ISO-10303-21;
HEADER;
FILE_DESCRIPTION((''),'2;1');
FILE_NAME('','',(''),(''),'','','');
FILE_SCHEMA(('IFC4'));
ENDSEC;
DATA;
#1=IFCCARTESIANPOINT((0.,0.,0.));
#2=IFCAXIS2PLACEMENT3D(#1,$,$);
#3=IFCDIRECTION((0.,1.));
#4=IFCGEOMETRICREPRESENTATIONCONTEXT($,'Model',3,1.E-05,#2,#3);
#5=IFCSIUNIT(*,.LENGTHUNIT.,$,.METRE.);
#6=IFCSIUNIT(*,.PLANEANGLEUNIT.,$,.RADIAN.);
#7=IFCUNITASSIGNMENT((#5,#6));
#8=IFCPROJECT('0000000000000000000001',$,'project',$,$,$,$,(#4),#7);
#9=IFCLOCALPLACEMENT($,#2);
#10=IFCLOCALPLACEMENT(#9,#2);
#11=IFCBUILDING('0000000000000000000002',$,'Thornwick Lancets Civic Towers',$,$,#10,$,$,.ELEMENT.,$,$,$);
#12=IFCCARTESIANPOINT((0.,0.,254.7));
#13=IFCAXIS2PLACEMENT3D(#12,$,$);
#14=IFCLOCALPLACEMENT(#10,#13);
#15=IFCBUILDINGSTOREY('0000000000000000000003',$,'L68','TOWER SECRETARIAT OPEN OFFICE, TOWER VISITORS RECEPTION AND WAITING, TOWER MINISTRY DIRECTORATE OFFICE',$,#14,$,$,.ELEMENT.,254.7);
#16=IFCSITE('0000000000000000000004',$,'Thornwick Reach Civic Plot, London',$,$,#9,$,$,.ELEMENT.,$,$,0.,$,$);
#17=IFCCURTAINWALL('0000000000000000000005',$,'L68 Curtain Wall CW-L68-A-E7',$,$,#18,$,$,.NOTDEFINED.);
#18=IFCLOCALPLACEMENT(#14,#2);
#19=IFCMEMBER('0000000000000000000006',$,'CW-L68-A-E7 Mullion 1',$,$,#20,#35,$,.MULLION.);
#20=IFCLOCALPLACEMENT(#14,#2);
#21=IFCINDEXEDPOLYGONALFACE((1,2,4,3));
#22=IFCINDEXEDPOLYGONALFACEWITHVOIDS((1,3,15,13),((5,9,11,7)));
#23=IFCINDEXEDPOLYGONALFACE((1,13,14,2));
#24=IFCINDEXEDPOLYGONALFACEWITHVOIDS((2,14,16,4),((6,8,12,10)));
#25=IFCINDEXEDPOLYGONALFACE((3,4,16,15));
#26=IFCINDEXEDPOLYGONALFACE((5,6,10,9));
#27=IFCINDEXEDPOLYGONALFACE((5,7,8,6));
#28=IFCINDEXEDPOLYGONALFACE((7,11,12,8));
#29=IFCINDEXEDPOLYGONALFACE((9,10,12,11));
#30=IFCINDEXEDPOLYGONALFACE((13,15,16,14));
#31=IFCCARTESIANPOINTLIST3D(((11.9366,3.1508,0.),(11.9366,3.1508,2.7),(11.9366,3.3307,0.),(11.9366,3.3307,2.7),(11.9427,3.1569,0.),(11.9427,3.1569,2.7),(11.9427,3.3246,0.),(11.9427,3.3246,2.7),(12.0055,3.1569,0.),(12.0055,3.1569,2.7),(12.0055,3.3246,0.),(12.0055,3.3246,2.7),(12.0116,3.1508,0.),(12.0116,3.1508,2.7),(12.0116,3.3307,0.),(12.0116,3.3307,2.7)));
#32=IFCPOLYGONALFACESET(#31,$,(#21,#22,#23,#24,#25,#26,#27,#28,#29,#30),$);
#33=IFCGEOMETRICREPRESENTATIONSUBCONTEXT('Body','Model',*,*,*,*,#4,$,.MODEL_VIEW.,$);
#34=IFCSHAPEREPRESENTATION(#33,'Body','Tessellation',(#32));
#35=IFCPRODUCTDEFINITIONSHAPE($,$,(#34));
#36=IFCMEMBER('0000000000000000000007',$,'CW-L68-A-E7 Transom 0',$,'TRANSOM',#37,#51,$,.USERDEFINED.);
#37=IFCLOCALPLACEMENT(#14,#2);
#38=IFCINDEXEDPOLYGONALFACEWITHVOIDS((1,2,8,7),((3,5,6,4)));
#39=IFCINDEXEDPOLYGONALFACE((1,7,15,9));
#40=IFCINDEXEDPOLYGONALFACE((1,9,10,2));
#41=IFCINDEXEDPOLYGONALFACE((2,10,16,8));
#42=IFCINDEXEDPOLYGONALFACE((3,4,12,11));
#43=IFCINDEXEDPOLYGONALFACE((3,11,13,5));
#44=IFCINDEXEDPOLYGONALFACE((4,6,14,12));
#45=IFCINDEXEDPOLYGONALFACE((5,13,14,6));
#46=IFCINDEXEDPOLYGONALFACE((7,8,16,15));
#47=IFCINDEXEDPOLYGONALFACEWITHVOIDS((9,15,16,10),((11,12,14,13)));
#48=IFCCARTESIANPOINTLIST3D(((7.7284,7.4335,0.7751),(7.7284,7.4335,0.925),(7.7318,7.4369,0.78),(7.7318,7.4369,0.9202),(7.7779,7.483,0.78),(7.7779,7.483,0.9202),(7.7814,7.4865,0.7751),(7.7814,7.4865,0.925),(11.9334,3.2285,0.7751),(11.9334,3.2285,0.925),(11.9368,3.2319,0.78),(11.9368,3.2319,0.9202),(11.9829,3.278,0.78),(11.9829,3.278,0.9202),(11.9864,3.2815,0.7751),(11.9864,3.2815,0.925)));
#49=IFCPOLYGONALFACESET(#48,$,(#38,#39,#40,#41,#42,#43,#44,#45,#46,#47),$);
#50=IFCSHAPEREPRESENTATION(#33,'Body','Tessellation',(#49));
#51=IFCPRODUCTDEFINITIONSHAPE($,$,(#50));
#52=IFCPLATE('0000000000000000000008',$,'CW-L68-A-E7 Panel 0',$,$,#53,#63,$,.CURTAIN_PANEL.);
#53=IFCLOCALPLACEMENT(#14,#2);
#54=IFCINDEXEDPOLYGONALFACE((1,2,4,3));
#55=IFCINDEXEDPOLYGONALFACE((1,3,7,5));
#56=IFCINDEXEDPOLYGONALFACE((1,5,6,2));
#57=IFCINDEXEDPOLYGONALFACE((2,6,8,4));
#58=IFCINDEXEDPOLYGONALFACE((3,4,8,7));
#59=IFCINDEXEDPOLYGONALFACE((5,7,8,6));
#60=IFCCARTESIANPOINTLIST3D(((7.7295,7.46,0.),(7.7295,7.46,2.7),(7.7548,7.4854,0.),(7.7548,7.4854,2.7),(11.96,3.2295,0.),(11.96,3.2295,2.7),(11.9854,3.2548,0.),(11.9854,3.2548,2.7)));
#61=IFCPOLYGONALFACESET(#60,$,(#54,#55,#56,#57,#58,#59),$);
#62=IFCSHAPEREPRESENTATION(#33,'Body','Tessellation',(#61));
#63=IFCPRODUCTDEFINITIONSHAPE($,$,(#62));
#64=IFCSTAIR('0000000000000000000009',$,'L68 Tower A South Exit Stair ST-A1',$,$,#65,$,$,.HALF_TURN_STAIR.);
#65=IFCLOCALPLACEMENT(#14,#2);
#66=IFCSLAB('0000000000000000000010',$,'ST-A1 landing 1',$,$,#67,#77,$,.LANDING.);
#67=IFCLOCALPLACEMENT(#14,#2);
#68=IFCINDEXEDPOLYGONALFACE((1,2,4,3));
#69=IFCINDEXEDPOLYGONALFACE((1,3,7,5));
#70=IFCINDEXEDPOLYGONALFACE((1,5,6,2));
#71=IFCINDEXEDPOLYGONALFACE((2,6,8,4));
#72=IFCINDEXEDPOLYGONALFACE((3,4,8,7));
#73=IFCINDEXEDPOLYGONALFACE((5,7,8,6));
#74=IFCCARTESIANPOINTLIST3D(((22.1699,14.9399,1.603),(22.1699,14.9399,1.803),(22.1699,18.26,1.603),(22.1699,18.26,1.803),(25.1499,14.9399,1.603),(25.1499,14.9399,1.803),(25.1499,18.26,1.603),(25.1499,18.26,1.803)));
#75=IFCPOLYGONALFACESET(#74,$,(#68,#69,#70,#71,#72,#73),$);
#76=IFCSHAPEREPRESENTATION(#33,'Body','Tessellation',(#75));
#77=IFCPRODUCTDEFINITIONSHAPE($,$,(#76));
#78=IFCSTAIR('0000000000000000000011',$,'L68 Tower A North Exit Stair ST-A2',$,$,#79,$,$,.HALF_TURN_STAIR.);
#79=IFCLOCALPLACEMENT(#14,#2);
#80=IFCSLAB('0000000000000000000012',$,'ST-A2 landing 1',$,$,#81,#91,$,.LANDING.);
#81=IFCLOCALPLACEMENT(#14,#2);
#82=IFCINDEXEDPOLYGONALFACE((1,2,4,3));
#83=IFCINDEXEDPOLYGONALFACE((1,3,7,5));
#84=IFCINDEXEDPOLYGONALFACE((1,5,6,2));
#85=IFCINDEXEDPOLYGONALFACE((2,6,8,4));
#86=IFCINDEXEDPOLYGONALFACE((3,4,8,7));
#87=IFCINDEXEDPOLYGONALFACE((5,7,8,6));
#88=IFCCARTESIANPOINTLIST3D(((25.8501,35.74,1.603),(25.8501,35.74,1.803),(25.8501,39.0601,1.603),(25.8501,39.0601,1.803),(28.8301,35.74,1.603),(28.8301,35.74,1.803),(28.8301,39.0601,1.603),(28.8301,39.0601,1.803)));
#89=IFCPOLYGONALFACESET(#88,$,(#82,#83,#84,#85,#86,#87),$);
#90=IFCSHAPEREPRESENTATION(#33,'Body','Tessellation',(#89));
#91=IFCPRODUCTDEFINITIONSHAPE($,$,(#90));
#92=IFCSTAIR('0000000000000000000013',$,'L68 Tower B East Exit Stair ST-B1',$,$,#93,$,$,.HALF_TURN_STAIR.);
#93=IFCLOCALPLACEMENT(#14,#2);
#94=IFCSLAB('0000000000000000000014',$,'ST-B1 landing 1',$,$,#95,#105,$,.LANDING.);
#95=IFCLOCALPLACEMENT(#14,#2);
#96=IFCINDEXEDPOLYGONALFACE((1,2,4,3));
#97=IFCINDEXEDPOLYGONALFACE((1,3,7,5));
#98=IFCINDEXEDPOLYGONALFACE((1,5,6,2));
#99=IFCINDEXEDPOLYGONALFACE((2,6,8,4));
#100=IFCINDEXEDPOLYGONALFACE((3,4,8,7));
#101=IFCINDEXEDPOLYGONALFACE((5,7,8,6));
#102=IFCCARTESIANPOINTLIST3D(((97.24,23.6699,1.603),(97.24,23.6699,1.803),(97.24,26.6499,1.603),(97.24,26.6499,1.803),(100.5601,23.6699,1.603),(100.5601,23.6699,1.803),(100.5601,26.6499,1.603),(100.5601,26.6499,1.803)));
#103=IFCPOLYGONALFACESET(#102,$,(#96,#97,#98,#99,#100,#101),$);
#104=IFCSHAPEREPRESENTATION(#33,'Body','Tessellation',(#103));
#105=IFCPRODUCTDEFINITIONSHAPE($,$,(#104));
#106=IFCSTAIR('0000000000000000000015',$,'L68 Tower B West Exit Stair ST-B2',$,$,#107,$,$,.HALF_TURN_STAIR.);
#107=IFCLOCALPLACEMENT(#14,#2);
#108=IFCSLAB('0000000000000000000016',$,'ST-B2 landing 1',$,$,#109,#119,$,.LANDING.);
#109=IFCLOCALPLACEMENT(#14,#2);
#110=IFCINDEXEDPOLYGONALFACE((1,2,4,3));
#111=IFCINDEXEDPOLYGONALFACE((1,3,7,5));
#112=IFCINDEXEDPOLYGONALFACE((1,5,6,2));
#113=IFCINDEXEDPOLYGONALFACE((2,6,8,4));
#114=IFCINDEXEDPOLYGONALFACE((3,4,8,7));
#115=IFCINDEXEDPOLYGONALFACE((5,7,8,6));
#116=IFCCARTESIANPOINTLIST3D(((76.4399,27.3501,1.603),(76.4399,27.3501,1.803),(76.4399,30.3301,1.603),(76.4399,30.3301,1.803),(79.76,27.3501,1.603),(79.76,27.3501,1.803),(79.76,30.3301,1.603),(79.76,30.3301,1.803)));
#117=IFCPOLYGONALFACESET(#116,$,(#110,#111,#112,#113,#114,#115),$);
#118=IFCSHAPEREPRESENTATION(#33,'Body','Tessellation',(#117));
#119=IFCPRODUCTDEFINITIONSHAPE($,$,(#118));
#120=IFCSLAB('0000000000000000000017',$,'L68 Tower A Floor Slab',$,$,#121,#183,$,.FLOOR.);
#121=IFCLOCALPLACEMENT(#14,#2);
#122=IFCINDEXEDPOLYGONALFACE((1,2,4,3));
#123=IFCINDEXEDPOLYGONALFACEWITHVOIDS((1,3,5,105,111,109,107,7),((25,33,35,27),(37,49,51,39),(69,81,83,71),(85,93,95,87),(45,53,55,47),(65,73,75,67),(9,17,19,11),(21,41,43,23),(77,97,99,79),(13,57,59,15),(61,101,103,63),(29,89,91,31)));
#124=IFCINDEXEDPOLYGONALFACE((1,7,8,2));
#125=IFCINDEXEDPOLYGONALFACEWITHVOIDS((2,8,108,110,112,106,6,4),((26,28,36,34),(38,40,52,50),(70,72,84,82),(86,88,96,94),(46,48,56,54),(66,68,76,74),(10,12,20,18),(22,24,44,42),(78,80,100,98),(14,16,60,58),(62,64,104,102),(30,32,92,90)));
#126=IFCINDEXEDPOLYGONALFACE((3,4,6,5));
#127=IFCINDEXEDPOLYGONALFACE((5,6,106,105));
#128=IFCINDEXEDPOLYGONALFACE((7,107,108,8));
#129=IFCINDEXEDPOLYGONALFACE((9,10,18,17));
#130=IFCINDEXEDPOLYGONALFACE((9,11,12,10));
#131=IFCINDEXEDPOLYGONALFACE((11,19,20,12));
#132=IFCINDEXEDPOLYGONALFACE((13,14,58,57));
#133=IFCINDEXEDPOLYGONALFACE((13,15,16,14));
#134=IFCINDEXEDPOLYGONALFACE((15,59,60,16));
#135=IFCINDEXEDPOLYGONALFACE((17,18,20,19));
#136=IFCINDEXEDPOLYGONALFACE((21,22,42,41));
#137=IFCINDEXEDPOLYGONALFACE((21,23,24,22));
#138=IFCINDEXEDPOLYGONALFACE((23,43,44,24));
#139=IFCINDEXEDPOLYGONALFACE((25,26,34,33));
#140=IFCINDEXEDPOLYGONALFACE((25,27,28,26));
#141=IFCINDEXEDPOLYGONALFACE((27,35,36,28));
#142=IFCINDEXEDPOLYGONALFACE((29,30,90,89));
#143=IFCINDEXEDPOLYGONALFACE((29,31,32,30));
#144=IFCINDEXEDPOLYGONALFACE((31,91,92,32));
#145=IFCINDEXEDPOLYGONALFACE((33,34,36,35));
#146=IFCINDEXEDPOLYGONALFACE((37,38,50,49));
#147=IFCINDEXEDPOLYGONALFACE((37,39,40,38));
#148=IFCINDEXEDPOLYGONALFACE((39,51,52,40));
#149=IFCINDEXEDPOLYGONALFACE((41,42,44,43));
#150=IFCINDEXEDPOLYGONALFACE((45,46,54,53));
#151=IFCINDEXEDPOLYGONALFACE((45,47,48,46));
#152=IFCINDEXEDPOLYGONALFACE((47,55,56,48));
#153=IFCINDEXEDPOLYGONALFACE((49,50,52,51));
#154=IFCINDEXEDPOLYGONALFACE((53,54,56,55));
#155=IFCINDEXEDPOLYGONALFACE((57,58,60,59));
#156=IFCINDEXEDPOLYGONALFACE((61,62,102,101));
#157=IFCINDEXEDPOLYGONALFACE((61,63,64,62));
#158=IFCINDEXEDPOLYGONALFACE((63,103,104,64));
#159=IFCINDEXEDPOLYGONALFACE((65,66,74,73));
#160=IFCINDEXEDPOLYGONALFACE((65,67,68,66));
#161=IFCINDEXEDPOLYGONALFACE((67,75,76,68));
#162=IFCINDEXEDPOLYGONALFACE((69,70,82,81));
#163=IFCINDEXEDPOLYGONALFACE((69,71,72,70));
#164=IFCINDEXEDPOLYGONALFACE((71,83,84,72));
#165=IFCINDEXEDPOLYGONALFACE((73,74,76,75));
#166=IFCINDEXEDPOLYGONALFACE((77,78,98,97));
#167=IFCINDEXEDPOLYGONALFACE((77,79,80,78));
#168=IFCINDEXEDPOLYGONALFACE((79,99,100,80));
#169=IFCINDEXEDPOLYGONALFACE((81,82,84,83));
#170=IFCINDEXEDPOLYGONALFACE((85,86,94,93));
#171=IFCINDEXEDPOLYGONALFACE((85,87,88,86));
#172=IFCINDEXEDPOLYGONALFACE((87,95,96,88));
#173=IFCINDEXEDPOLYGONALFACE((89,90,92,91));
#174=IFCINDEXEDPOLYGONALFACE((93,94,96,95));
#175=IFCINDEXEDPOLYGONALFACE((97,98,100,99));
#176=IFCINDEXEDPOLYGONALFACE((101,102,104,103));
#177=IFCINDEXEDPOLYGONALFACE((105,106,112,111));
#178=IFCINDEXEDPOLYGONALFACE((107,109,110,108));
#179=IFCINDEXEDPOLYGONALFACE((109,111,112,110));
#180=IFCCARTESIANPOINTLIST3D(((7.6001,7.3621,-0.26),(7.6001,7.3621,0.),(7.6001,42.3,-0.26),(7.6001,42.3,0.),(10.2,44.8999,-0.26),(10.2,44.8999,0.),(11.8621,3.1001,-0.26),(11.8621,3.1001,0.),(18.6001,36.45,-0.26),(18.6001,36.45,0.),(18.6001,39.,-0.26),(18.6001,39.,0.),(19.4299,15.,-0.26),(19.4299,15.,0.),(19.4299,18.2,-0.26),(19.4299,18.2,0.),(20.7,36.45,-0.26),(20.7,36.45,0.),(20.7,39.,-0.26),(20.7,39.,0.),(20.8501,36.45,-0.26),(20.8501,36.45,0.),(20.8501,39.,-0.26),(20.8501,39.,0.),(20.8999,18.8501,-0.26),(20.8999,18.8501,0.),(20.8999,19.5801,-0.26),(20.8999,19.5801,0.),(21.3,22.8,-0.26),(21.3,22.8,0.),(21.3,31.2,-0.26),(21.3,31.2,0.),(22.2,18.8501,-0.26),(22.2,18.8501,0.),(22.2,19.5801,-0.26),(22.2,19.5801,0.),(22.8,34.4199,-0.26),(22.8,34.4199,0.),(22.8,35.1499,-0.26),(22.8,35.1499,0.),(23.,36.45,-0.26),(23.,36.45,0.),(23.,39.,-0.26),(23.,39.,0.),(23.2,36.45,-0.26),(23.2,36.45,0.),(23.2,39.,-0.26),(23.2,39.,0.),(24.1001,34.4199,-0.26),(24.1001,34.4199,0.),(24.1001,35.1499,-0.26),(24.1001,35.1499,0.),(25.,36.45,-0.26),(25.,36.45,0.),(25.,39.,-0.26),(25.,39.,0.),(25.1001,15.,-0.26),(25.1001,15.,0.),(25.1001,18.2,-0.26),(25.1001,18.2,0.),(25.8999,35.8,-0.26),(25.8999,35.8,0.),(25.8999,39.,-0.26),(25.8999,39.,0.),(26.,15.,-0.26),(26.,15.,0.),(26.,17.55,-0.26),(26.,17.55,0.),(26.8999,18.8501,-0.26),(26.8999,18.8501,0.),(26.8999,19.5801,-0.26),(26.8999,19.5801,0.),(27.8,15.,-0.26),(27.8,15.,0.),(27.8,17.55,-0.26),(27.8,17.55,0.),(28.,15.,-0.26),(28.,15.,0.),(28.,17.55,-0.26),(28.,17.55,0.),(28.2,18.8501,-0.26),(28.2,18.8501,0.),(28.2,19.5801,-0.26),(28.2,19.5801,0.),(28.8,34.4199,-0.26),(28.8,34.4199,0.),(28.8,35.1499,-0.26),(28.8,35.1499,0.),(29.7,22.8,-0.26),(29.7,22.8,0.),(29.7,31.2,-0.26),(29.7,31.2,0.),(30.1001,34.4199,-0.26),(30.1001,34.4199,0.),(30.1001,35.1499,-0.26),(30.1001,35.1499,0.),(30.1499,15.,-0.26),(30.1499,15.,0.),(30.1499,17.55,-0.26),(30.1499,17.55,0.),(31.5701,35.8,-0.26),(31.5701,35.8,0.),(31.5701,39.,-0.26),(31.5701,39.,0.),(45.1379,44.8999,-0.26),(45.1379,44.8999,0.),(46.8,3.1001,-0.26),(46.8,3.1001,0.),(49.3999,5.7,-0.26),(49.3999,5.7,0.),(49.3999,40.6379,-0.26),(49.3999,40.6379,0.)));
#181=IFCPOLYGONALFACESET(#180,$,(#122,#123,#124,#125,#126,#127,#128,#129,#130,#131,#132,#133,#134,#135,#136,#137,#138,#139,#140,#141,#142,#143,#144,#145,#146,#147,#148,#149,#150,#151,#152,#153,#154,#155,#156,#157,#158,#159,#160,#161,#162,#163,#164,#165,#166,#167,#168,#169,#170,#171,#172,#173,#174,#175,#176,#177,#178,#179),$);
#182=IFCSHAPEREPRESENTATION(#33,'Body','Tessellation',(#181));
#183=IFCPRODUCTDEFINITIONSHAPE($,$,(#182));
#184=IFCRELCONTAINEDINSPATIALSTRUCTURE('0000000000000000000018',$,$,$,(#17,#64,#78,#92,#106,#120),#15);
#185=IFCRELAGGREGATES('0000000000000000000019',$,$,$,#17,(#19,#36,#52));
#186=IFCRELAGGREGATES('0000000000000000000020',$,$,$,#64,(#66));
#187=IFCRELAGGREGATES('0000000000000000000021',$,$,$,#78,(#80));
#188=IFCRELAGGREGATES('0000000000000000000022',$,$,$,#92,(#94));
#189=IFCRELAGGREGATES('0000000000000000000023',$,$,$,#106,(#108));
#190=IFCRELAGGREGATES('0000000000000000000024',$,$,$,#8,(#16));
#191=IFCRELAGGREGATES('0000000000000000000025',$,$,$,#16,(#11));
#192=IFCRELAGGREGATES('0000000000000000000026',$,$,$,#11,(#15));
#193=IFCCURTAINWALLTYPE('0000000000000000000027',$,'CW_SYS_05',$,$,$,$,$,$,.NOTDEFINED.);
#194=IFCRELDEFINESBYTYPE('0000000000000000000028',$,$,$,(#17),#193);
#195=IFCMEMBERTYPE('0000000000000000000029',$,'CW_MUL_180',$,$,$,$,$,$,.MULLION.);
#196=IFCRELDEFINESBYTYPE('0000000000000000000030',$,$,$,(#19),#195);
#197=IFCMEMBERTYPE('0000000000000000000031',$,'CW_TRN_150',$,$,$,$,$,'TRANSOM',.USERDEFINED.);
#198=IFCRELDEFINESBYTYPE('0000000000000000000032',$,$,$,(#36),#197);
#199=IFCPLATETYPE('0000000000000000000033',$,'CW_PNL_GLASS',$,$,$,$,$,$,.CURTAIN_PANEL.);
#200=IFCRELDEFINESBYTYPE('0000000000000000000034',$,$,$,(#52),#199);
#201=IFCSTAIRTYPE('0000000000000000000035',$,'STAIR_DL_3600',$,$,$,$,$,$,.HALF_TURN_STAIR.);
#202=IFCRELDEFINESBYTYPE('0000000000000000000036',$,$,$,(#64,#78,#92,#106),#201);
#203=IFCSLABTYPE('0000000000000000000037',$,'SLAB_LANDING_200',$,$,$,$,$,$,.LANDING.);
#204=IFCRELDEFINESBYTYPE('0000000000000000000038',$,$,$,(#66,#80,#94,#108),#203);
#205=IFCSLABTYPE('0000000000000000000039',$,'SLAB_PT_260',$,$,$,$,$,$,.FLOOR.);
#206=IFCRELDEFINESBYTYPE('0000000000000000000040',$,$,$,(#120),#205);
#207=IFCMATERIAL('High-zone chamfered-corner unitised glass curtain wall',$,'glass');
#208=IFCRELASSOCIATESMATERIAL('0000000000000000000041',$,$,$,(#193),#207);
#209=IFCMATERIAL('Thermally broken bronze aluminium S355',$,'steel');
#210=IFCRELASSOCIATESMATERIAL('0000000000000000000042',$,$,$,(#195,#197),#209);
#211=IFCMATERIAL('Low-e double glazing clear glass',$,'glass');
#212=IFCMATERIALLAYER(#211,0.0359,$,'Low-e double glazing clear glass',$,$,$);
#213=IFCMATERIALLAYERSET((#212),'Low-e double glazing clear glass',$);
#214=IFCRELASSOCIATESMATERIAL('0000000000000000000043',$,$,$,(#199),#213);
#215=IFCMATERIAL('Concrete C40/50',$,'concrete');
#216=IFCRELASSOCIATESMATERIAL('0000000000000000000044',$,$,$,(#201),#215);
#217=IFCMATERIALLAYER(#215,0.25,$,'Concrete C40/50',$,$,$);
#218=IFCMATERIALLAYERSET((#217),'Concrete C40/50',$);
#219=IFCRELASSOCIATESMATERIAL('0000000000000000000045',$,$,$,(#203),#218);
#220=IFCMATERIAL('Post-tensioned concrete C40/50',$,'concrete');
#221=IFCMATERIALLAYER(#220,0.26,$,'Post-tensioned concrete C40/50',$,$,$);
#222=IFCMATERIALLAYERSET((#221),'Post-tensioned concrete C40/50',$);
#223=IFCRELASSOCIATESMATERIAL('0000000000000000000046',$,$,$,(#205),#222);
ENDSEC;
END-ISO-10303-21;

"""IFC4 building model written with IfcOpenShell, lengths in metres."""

from ifc_helpers import new_model, si_unit, direction, frame, origin, origin_2d, place, context, subcontext, project, spatial, polyline, rectangle, hollow_rectangle, outline, extrude, material, layer, layer_set, material_profile, profile_set, type_object, element, aggregate, save


model = new_model("IFC4")

# Units and contexts
model_context = context("Model", 3, precision=1e-05, world=origin(), true_north=direction((0.0, 1.0)))
body_context = subcontext(model_context, "Body", "Model", "MODEL_VIEW")
ifc_project = project(units=[si_unit("LENGTHUNIT", "METRE"), si_unit("PLANEANGLEUNIT", "RADIAN")], contexts=[model_context])

# Site, building, storey
site_placement = place(None, origin())
site = spatial("IfcSite", under=ifc_project, at=site_placement, Name="Thornwick Reach Civic Plot, London", CompositionType="ELEMENT", RefElevation=0.0)
building_placement = place(site_placement, origin())
building = spatial("IfcBuilding", under=site, at=building_placement, Name="Thornwick Lancets Civic Towers", CompositionType="ELEMENT")
storey_placement = place(building_placement, frame((0.0, 0.0, 254.7)))
storey = spatial("IfcBuildingStorey", under=building, at=storey_placement, Name="L68", Description="TOWER SECRETARIAT OPEN OFFICE, TOWER VISITORS RECEPTION AND WAITING, TOWER MINISTRY DIRECTORATE OFFICE", CompositionType="ELEMENT", Elevation=254.7)

# Curtain wall, members, plate
ifc_material_1 = material(Name="High-zone chamfered-corner unitised glass curtain wall", Category="glass")
curtain_wall_type = type_object("IfcCurtainWallType", Name="CW_SYS_05", PredefinedType="NOTDEFINED", material=ifc_material_1)
curtain_wall_placement = place(storey_placement, origin())
curtain_wall = element("IfcCurtainWall", 1, at=curtain_wall_placement, inside=storey, type_object=curtain_wall_type, Name="L68 Curtain Wall CW-L68-A-E7", PredefinedType="NOTDEFINED")
ifc_material_2 = material(Name="Thermally broken bronze aluminium S355", Category="steel")
ifc_material_profile_1 = material_profile(ifc_material_2, hollow_rectangle(XDim=0.075, YDim=0.1799, WallThickness=0.0061, at=origin_2d()), Name="RHS 180x75x6")
ifc_profile_set_1 = profile_set([ifc_material_profile_1], Name="Thermally broken bronze aluminium S355")
member_type_1 = type_object("IfcMemberType", Name="CW_MUL_180", PredefinedType="MULLION", material=ifc_profile_set_1)
member_1_placement = place(storey_placement, frame((11.9741, 3.2407, 0.0), z_axis=(0.0, 0.0, 1.0), x_axis=(1.0, 0.0, 0.0)))
member_1 = element("IfcMember", 2, at=member_1_placement, type_object=member_type_1, Name="CW-L68-A-E7 Mullion 1", PredefinedType="MULLION", context=body_context, shape_type="SweptSolid", body=[
    extrude(hollow_rectangle(XDim=0.075, YDim=0.1799, WallThickness=0.0061, at=origin_2d()), origin(), (0.0, 0.0, 1.0), 2.7),
])
ifc_material_profile_2 = material_profile(ifc_material_2, hollow_rectangle(XDim=0.075, YDim=0.1499, WallThickness=0.0049, at=origin_2d()), Name="RHS 150x75x5")
ifc_profile_set_2 = profile_set([ifc_material_profile_2], Name="Thermally broken bronze aluminium S355")
member_type_2 = type_object("IfcMemberType", Name="CW_TRN_150", ElementType="TRANSOM", PredefinedType="USERDEFINED", material=ifc_profile_set_2)
member_2_placement = place(storey_placement, frame((7.7549, 7.46, 0.8501), z_axis=(0.707107, -0.707107, 0.0), x_axis=(0.707107, 0.707107, 0.0)))
member_2 = element("IfcMember", 3, at=member_2_placement, type_object=member_type_2, Name="CW-L68-A-E7 Transom 0", ObjectType="TRANSOM", PredefinedType="USERDEFINED", context=body_context, shape_type="SweptSolid", body=[
    extrude(hollow_rectangle(XDim=0.075, YDim=0.1499, WallThickness=0.0049, at=origin_2d()), origin(), (0.0, 0.0, 1.0), 5.9468),
])
ifc_material_3 = material(Name="Low-e double glazing clear glass", Category="glass")
ifc_layer_1 = layer(ifc_material_3, 0.0359, Name="Low-e double glazing clear glass")
ifc_layer_set_1 = layer_set([ifc_layer_1], Name="Low-e double glazing clear glass")
plate_type = type_object("IfcPlateType", Name="CW_PNL_GLASS", PredefinedType="CURTAIN_PANEL", material=ifc_layer_set_1)
plate_placement = place(storey_placement, frame((9.8574, 5.3574, 0.0), z_axis=(0.0, 0.0, 1.0), x_axis=(0.707107, -0.707107, 0.0)))
plate = element("IfcPlate", 4, at=plate_placement, type_object=plate_type, Name="CW-L68-A-E7 Panel 0", PredefinedType="CURTAIN_PANEL", context=body_context, shape_type="SweptSolid", body=[
    extrude(rectangle(XDim=5.9829, YDim=0.0359, at=origin_2d()), origin(), (0.0, 0.0, 1.0), 2.7),
])
aggregate(curtain_wall, [member_1, member_2, plate])

# Stairs, slabs
ifc_material_4 = material(Name="Concrete C40/50", Category="concrete")
stair_type = type_object("IfcStairType", Name="STAIR_DL_3600", PredefinedType="HALF_TURN_STAIR", material=ifc_material_4)
stair_1_placement = place(storey_placement, origin())
stair_1 = element("IfcStair", 5, at=stair_1_placement, inside=storey, type_object=stair_type, Name="L68 Tower A South Exit Stair ST-A1", PredefinedType="HALF_TURN_STAIR")
ifc_layer_2 = layer(ifc_material_4, 0.25, Name="Concrete C40/50")
ifc_layer_set_2 = layer_set([ifc_layer_2], Name="Concrete C40/50")
slab_type_1 = type_object("IfcSlabType", Name="SLAB_LANDING_200", PredefinedType="LANDING", material=ifc_layer_set_2)
slab_1_placement = place(storey_placement, frame((0.0, 0.0, 1.603)))
slab_1 = element("IfcSlab", 6, at=slab_1_placement, type_object=slab_type_1, Name="ST-A1 landing 1", PredefinedType="LANDING", context=body_context, shape_type="SweptSolid", body=[
    extrude(outline(polyline([(22.1699, 14.9399), (25.1499, 14.9399), (25.1499, 18.26), (22.1699, 18.26), (22.1699, 14.9399)])), origin(), (0.0, 0.0, 1.0), 0.2),
])
aggregate(stair_1, [slab_1])
stair_2_placement = place(storey_placement, origin())
stair_2 = element("IfcStair", 7, at=stair_2_placement, inside=storey, type_object=stair_type, Name="L68 Tower A North Exit Stair ST-A2", PredefinedType="HALF_TURN_STAIR")
slab_2_placement = place(storey_placement, frame((0.0, 0.0, 1.603)))
slab_2 = element("IfcSlab", 8, at=slab_2_placement, type_object=slab_type_1, Name="ST-A2 landing 1", PredefinedType="LANDING", context=body_context, shape_type="SweptSolid", body=[
    extrude(outline(polyline([(28.8301, 39.0601), (25.8501, 39.0601), (25.8501, 35.74), (28.8301, 35.74), (28.8301, 39.0601)])), origin(), (0.0, 0.0, 1.0), 0.2),
])
aggregate(stair_2, [slab_2])
stair_3_placement = place(storey_placement, origin())
stair_3 = element("IfcStair", 9, at=stair_3_placement, inside=storey, type_object=stair_type, Name="L68 Tower B East Exit Stair ST-B1", PredefinedType="HALF_TURN_STAIR")
slab_3_placement = place(storey_placement, frame((0.0, 0.0, 1.603)))
slab_3 = element("IfcSlab", 10, at=slab_3_placement, type_object=slab_type_1, Name="ST-B1 landing 1", PredefinedType="LANDING", context=body_context, shape_type="SweptSolid", body=[
    extrude(outline(polyline([(100.5601, 23.6699), (100.5601, 26.6499), (97.24, 26.6499), (97.24, 23.6699), (100.5601, 23.6699)])), origin(), (0.0, 0.0, 1.0), 0.2),
])
aggregate(stair_3, [slab_3])
stair_4_placement = place(storey_placement, origin())
stair_4 = element("IfcStair", 11, at=stair_4_placement, inside=storey, type_object=stair_type, Name="L68 Tower B West Exit Stair ST-B2", PredefinedType="HALF_TURN_STAIR")
slab_4_placement = place(storey_placement, frame((0.0, 0.0, 1.603)))
slab_4 = element("IfcSlab", 12, at=slab_4_placement, type_object=slab_type_1, Name="ST-B2 landing 1", PredefinedType="LANDING", context=body_context, shape_type="SweptSolid", body=[
    extrude(outline(polyline([(76.4399, 30.3301), (76.4399, 27.3501), (79.76, 27.3501), (79.76, 30.3301), (76.4399, 30.3301)])), origin(), (0.0, 0.0, 1.0), 0.2),
])
aggregate(stair_4, [slab_4])

# Slab
ifc_material_5 = material(Name="Post-tensioned concrete C40/50", Category="concrete")
ifc_layer_3 = layer(ifc_material_5, 0.26, Name="Post-tensioned concrete C40/50")
ifc_layer_set_3 = layer_set([ifc_layer_3], Name="Post-tensioned concrete C40/50")
slab_type_2 = type_object("IfcSlabType", Name="SLAB_PT_260", PredefinedType="FLOOR", material=ifc_layer_set_3)
slab_5_placement = place(storey_placement, frame((0.0, 0.0, -0.26)))
element("IfcSlab", 13, at=slab_5_placement, inside=storey, type_object=slab_type_2, Name="L68 Tower A Floor Slab", PredefinedType="FLOOR", context=body_context, shape_type="SweptSolid", body=[
    extrude(outline(polyline([(11.8621, 3.1001), (46.8, 3.1001), (49.3999, 5.7), (49.3999, 40.6379), (45.1379, 44.8999), (10.2, 44.8999), (7.6001, 42.3), (7.6001, 7.3621), (11.8621, 3.1001)]), holes=[polyline([(21.3, 22.8), (29.7, 22.8), (29.7, 31.2), (21.3, 31.2), (21.3, 22.8)]), polyline([(19.4299, 15.0), (25.1001, 15.0), (25.1001, 18.2), (19.4299, 18.2), (19.4299, 15.0)]), polyline([(31.5701, 39.0), (25.8999, 39.0), (25.8999, 35.8), (31.5701, 35.8), (31.5701, 39.0)]), polyline([(26.0, 15.0), (27.8, 15.0), (27.8, 17.55), (26.0, 17.55), (26.0, 15.0)]), polyline([(28.0, 15.0), (30.1499, 15.0), (30.1499, 17.55), (28.0, 17.55), (28.0, 15.0)]), polyline([(23.2, 36.45), (25.0, 36.45), (25.0, 39.0), (23.2, 39.0), (23.2, 36.45)]), polyline([(20.8501, 36.45), (23.0, 36.45), (23.0, 39.0), (20.8501, 39.0), (20.8501, 36.45)]), polyline([(18.6001, 36.45), (20.7, 36.45), (20.7, 39.0), (18.6001, 39.0), (18.6001, 36.45)]), polyline([(26.8999, 18.8501), (28.2, 18.8501), (28.2, 19.5801), (26.8999, 19.5801), (26.8999, 18.8501)]), polyline([(20.8999, 18.8501), (22.2, 18.8501), (22.2, 19.5801), (20.8999, 19.5801), (20.8999, 18.8501)]), polyline([(22.8, 34.4199), (24.1001, 34.4199), (24.1001, 35.1499), (22.8, 35.1499), (22.8, 34.4199)]), polyline([(28.8, 34.4199), (30.1001, 34.4199), (30.1001, 35.1499), (28.8, 35.1499), (28.8, 34.4199)])]), origin(), (0.0, 0.0, 1.0), 0.26),
])

save(model, "model.ifc")
